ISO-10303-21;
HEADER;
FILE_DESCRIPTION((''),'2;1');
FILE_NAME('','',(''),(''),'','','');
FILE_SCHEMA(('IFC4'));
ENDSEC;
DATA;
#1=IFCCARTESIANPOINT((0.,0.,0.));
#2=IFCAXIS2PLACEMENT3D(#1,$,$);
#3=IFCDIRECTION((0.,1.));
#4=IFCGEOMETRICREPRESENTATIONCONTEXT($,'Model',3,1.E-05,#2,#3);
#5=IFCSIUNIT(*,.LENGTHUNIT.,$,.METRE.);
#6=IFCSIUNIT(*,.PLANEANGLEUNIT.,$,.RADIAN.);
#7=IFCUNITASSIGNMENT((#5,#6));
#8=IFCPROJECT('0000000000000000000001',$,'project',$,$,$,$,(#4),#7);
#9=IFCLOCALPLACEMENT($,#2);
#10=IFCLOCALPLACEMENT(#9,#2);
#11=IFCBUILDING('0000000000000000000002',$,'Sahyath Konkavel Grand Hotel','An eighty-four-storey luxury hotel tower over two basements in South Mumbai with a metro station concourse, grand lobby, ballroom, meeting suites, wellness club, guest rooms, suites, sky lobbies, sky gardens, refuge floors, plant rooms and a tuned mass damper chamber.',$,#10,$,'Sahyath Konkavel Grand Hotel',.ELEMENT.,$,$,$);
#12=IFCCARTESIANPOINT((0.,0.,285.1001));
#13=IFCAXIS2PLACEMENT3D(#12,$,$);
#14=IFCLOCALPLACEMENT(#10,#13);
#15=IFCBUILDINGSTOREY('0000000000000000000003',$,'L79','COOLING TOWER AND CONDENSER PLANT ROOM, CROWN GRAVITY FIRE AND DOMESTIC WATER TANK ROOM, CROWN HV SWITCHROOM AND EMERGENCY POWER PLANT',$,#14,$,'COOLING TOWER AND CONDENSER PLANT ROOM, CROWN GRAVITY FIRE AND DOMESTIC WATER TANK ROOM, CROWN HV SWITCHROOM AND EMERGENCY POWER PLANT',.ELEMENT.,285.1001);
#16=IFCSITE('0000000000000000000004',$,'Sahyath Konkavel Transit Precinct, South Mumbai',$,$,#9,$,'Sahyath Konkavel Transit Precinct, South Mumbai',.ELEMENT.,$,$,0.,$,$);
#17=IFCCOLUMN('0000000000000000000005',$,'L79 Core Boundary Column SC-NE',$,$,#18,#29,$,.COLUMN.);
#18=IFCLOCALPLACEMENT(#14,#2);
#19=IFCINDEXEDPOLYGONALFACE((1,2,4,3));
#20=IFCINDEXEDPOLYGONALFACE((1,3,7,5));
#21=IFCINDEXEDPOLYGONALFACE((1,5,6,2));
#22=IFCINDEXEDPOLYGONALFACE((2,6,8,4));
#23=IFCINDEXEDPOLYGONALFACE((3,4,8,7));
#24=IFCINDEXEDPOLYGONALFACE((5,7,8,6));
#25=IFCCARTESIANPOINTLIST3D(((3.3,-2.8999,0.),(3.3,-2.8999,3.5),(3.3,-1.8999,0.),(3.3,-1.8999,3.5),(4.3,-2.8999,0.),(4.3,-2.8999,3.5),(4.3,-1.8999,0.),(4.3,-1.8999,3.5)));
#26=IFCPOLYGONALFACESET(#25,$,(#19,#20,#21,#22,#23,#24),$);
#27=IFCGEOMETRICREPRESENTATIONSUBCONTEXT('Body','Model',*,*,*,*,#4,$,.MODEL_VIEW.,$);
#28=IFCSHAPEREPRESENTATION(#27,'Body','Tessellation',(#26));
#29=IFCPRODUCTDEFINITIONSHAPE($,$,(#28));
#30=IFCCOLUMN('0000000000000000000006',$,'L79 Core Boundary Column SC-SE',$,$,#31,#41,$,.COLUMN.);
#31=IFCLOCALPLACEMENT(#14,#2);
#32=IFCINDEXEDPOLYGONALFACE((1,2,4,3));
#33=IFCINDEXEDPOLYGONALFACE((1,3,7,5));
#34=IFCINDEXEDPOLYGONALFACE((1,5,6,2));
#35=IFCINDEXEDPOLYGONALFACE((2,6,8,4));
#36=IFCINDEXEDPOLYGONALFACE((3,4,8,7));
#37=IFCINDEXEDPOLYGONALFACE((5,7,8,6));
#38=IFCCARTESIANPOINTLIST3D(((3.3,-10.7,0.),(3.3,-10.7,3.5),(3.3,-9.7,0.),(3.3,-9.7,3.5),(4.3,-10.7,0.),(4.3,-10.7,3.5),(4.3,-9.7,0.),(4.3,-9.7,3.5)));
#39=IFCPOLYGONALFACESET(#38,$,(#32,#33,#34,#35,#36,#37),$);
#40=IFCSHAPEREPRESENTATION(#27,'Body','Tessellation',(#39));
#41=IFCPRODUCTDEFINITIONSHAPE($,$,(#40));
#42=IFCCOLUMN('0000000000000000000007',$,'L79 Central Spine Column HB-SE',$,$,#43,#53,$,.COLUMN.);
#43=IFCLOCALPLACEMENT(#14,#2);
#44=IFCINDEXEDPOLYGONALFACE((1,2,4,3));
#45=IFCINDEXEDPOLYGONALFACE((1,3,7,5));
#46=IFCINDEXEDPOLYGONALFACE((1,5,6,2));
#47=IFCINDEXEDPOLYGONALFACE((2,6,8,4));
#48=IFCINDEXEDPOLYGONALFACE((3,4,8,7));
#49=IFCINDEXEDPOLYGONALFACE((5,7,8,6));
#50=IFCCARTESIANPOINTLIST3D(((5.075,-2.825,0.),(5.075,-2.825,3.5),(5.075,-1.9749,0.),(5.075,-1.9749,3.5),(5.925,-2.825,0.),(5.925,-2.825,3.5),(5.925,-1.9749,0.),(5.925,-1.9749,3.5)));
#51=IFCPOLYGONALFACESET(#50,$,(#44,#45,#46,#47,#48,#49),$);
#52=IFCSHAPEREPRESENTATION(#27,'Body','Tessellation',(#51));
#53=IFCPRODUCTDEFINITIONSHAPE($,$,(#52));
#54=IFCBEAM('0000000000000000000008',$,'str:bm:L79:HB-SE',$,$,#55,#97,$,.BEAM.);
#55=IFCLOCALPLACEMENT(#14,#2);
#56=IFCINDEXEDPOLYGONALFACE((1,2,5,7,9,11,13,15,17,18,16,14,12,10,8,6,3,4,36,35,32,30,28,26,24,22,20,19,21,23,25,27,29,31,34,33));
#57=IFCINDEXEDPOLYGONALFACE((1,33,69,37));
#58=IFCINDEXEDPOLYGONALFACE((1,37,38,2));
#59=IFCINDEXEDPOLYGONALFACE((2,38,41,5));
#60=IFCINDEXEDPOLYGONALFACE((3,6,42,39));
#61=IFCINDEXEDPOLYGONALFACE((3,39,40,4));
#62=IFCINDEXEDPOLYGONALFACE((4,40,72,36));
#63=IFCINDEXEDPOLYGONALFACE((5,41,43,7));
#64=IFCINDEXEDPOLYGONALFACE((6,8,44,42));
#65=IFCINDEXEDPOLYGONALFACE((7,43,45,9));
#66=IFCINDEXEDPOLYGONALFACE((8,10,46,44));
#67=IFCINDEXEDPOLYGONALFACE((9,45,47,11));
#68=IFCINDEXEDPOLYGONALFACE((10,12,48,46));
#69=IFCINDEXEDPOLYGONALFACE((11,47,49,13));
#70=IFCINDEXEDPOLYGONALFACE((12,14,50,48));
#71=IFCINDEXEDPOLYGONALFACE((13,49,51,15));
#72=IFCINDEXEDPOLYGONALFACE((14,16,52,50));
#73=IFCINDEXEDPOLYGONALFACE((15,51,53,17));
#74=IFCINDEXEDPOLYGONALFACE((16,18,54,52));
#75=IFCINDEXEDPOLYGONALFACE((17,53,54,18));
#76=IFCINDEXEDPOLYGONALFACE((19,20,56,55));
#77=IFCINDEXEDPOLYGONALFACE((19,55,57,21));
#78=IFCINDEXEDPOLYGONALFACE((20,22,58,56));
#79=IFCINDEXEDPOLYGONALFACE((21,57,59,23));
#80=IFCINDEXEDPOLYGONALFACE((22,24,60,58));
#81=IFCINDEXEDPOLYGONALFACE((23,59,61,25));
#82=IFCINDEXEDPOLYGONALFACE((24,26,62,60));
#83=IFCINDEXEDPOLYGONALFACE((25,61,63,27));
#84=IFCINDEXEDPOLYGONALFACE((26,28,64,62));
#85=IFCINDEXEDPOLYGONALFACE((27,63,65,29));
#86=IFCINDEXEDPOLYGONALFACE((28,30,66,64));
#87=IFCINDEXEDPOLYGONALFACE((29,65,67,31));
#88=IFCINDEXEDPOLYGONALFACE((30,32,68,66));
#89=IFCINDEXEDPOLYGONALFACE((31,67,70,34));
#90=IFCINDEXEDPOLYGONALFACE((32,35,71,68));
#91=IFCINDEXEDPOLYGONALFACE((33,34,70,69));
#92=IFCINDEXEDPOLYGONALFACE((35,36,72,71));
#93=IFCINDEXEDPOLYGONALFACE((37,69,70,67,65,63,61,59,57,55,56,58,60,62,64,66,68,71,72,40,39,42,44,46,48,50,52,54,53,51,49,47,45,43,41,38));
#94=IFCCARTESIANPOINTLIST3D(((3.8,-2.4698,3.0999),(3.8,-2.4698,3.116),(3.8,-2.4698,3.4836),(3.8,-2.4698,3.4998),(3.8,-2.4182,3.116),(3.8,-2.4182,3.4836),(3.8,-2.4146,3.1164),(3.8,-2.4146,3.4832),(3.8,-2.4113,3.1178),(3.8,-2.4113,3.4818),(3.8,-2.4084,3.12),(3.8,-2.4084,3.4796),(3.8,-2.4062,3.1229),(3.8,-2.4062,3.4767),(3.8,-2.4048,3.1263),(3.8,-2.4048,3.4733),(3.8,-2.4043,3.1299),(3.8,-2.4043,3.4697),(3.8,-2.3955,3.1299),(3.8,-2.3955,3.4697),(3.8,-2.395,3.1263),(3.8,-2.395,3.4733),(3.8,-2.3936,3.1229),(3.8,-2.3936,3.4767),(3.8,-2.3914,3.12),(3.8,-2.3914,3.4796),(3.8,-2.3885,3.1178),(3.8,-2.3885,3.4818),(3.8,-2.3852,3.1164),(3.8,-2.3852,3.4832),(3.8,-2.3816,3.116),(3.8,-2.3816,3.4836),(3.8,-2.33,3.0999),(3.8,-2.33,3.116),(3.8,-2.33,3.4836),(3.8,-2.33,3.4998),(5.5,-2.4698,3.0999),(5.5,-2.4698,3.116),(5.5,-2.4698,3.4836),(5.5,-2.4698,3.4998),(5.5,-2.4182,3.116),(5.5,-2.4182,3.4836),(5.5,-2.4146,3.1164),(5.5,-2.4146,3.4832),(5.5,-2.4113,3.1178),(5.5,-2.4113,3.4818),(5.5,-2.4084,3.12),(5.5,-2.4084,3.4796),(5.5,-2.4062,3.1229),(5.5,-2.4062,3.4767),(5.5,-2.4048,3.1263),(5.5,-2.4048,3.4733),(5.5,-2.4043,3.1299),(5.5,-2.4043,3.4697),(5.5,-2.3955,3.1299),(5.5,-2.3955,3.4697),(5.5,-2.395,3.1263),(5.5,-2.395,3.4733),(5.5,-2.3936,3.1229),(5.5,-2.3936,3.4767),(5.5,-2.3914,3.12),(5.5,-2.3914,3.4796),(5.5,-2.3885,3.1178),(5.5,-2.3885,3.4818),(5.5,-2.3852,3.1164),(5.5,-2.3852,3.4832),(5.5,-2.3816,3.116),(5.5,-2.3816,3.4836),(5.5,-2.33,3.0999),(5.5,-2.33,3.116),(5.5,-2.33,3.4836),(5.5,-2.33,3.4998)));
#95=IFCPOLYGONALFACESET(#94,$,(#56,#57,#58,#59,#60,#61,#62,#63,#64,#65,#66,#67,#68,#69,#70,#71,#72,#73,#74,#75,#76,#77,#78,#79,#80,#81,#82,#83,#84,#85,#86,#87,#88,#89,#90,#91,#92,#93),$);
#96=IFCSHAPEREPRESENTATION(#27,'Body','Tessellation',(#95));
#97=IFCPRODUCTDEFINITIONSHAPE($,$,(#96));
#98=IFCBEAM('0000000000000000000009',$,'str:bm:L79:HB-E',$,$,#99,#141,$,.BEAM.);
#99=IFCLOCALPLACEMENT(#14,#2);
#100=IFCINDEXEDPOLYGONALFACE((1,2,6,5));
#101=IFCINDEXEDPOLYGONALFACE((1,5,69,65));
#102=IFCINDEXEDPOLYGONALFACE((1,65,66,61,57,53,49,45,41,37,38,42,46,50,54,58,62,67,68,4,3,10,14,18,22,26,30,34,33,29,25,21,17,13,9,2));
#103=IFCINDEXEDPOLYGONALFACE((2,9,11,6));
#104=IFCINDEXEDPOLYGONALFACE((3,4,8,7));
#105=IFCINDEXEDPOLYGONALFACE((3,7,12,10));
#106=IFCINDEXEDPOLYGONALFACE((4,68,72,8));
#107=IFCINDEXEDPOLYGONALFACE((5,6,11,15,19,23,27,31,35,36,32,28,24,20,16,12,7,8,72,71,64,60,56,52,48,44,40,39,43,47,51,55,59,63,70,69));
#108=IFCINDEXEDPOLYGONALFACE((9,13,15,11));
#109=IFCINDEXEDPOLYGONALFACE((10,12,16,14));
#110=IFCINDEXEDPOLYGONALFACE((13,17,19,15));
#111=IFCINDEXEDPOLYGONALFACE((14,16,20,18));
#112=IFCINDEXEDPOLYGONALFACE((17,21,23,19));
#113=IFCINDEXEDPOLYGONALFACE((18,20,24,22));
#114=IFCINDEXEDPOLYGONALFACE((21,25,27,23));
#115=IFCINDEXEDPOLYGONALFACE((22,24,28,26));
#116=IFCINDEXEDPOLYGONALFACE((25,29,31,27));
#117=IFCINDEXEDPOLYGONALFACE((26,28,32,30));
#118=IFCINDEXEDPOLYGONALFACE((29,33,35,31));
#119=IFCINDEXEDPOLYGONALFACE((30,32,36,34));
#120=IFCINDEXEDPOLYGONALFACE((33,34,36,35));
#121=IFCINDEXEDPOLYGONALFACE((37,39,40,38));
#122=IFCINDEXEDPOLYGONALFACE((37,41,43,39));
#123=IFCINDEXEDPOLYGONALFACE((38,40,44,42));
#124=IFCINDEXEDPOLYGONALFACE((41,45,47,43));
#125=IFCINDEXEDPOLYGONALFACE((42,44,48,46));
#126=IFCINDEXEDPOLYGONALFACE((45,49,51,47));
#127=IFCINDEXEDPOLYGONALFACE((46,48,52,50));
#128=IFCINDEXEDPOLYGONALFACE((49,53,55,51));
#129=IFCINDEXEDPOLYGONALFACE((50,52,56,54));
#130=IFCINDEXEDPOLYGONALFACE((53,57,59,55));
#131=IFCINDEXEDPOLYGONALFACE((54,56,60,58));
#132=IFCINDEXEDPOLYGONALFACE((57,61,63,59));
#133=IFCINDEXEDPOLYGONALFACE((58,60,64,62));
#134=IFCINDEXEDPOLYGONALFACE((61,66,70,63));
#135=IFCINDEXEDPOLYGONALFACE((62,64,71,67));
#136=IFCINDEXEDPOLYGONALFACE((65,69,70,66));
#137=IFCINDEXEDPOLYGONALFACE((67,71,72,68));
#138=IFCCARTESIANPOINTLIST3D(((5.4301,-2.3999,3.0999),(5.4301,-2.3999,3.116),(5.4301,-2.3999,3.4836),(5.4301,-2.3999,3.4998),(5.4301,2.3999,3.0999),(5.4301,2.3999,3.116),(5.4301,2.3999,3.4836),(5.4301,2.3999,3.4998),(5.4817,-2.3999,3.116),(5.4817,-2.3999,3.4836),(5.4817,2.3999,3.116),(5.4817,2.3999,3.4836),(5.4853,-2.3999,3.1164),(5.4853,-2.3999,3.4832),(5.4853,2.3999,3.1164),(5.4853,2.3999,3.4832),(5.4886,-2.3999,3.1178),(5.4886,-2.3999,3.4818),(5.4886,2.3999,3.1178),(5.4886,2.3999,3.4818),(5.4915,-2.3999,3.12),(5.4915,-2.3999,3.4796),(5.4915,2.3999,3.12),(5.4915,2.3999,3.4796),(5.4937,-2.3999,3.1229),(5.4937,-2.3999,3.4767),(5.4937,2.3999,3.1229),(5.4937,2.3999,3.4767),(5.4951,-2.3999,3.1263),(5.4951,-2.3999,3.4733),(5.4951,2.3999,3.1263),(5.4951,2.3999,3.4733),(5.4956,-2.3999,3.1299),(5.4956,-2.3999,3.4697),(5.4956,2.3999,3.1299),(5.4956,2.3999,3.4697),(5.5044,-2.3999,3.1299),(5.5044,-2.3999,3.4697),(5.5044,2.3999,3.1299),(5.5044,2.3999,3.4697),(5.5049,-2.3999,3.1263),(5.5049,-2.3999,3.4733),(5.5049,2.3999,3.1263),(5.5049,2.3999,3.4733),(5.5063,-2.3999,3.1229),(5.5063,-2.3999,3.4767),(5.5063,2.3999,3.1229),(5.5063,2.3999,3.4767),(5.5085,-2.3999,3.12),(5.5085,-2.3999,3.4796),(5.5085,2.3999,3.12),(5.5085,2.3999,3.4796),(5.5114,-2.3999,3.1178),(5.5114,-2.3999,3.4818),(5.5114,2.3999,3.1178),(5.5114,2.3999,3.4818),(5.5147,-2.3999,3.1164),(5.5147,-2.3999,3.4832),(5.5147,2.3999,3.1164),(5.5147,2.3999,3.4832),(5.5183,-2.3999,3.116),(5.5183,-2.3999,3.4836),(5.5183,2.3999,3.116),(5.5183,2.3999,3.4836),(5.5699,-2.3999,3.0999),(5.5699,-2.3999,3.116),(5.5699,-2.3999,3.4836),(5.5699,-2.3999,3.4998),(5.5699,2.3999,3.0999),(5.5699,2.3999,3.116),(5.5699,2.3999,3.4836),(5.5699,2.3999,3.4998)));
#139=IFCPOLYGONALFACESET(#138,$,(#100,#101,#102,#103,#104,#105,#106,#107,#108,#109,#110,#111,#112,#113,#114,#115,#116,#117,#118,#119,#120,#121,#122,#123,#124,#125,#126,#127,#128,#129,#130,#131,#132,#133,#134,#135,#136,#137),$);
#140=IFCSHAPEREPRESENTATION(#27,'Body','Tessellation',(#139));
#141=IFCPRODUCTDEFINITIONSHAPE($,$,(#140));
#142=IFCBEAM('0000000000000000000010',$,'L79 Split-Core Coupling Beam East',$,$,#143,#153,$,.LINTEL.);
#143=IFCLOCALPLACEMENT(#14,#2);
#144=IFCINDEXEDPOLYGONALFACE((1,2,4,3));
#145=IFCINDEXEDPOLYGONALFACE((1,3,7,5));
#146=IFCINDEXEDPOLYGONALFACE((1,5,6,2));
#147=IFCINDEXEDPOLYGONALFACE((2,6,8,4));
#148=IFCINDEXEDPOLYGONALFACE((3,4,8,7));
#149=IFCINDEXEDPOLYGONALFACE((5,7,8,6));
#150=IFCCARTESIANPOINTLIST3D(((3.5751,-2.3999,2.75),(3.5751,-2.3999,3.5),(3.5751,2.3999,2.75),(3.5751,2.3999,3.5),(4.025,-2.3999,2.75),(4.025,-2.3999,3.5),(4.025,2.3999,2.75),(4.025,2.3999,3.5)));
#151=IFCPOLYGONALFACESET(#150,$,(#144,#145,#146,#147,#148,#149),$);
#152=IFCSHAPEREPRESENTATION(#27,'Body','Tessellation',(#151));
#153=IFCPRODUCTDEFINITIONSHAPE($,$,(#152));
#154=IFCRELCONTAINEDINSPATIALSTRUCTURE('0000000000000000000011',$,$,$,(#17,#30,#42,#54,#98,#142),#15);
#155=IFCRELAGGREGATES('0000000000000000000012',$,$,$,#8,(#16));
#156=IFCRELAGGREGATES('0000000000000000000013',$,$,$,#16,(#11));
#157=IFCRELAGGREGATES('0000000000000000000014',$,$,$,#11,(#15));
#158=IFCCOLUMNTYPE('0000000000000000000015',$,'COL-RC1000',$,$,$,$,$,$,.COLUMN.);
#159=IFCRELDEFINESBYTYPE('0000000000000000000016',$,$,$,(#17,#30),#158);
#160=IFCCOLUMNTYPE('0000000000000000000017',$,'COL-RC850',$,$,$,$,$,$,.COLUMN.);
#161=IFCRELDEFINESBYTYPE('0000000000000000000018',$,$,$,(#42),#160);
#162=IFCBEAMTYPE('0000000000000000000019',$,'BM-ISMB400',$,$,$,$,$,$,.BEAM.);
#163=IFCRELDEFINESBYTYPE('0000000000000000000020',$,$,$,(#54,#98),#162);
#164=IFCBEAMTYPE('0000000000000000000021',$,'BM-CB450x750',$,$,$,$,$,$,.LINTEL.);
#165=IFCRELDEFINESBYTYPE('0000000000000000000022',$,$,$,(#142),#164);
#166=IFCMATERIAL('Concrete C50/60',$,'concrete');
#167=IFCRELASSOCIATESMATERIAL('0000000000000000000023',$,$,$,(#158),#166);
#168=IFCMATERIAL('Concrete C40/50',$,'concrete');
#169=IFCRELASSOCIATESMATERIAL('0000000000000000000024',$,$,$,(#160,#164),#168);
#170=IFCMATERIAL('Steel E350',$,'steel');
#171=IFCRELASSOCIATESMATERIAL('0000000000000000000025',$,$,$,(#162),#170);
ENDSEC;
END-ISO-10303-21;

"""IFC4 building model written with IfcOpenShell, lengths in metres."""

from ifc_helpers import new_model, si_unit, direction, frame, origin, origin_2d, place, context, subcontext, project, spatial, rectangle, i_section, extrude, source, transform, mapped, material, material_profile, profile_set, type_object, element, save


model = new_model("IFC4")

# Units and contexts
model_context = context("Model", 3, precision=1e-05, world=origin(), true_north=direction((0.0, 1.0)))
body_context = subcontext(model_context, "Body", "Model", "MODEL_VIEW")
ifc_project = project(units=[si_unit("LENGTHUNIT", "METRE"), si_unit("PLANEANGLEUNIT", "RADIAN")], contexts=[model_context])

# Site, building, storey
site_placement = place(None, origin())
site = spatial("IfcSite", under=ifc_project, at=site_placement, Name="Sahyath Konkavel Transit Precinct, South Mumbai", LongName="Sahyath Konkavel Transit Precinct, South Mumbai", CompositionType="ELEMENT", RefElevation=0.0)
building_placement = place(site_placement, origin())
building = spatial("IfcBuilding", under=site, at=building_placement, Name="Sahyath Konkavel Grand Hotel", Description="An eighty-four-storey luxury hotel tower over two basements in South Mumbai with a metro station concourse, grand lobby, ballroom, meeting suites, wellness club, guest rooms, suites, sky lobbies, sky gardens, refuge floors, plant rooms and a tuned mass damper chamber.", LongName="Sahyath Konkavel Grand Hotel", CompositionType="ELEMENT")
storey_placement = place(building_placement, frame((0.0, 0.0, 285.1001)))
storey = spatial("IfcBuildingStorey", under=building, at=storey_placement, Name="L79", Description="COOLING TOWER AND CONDENSER PLANT ROOM, CROWN GRAVITY FIRE AND DOMESTIC WATER TANK ROOM, CROWN HV SWITCHROOM AND EMERGENCY POWER PLANT", LongName="COOLING TOWER AND CONDENSER PLANT ROOM, CROWN GRAVITY FIRE AND DOMESTIC WATER TANK ROOM, CROWN HV SWITCHROOM AND EMERGENCY POWER PLANT", CompositionType="ELEMENT", Elevation=285.1001)

# Columns
ifc_material_1 = material(Name="Concrete C50/60", Category="concrete")
ifc_material_profile_1 = material_profile(ifc_material_1, rectangle(XDim=1.0, YDim=1.0, at=origin_2d()), Name="RC 1000x1000")
ifc_profile_set_1 = profile_set([ifc_material_profile_1], Name="Concrete C50/60")
column_type_1 = type_object("IfcColumnType", Name="COL-RC1000", PredefinedType="COLUMN", material=ifc_profile_set_1)
shared_shape_1 = source(origin(), body_context, "Body", "SweptSolid", [
    extrude(rectangle(XDim=1.0, YDim=1.0, at=origin_2d()), origin(), (0.0, 0.0, 1.0), 3.5),
])
for number, where, z_axis, x_axis, name in (
    (1, (3.8, -2.3999, 0.0), (0.0, 0.0, 1.0), (1.0, 0.0, 0.0), "L79 Core Boundary Column SC-NE"),
    (2, (3.8, -10.2, 0.0), (0.0, 0.0, 1.0), (1.0, 0.0, 0.0), "L79 Core Boundary Column SC-SE"),
):
    element("IfcColumn", number, at=place(storey_placement, frame(where, z_axis=z_axis, x_axis=x_axis)), inside=storey, type_object=column_type_1, Name=name, PredefinedType="COLUMN", context=body_context, shape_type="MappedRepresentation", body=[
        mapped(shared_shape_1, transform((0.0, 0.0, 0.0), scale=1.0)),
    ])
ifc_material_2 = material(Name="Concrete C40/50", Category="concrete")
ifc_material_profile_2 = material_profile(ifc_material_2, rectangle(XDim=0.8501, YDim=0.8501, at=origin_2d()), Name="RC 850x850")
ifc_profile_set_2 = profile_set([ifc_material_profile_2], Name="Concrete C40/50")
column_type_2 = type_object("IfcColumnType", Name="COL-RC850", PredefinedType="COLUMN", material=ifc_profile_set_2)
shared_shape_2 = source(origin(), body_context, "Body", "SweptSolid", [
    extrude(rectangle(XDim=0.8501, YDim=0.8501, at=origin_2d()), origin(), (0.0, 0.0, 1.0), 3.5),
])
column_placement = place(storey_placement, frame((5.5, -2.3999, 0.0), z_axis=(0.0, 0.0, 1.0), x_axis=(1.0, 0.0, 0.0)))
element("IfcColumn", 3, at=column_placement, inside=storey, type_object=column_type_2, Name="L79 Central Spine Column HB-SE", PredefinedType="COLUMN", context=body_context, shape_type="MappedRepresentation", body=[
    mapped(shared_shape_2, transform((0.0, 0.0, 0.0), scale=1.0)),
])

# Beams
ifc_material_3 = material(Name="Steel E350", Category="steel")
ifc_material_profile_3 = material_profile(ifc_material_3, i_section(OverallWidth=0.1399, OverallDepth=0.3999, WebThickness=0.0088, FlangeThickness=0.0161, FilletRadius=0.0139, at=origin_2d()), Name="ISMB 400")
ifc_profile_set_3 = profile_set([ifc_material_profile_3], Name="Steel E350")
beam_type_1 = type_object("IfcBeamType", Name="BM-ISMB400", PredefinedType="BEAM", material=ifc_profile_set_3)
shared_shape_3 = source(origin(), body_context, "Body", "SweptSolid", [
    extrude(i_section(OverallWidth=0.1399, OverallDepth=0.3999, WebThickness=0.0088, FlangeThickness=0.0161, FilletRadius=0.0139, at=origin_2d()), origin(), (0.0, 0.0, 1.0), 1.7),
])
beam_1_placement = place(storey_placement, frame((3.8, -2.3999, 3.2998), z_axis=(1.0, 0.0, 0.0), x_axis=(0.0, 1.0, 0.0)))
element("IfcBeam", 4, at=beam_1_placement, inside=storey, type_object=beam_type_1, Name="str:bm:L79:HB-SE", PredefinedType="BEAM", context=body_context, shape_type="MappedRepresentation", body=[
    mapped(shared_shape_3, transform((0.0, 0.0, 0.0), scale=1.0)),
])
shared_shape_4 = source(origin(), body_context, "Body", "SweptSolid", [
    extrude(i_section(OverallWidth=0.1399, OverallDepth=0.3999, WebThickness=0.0088, FlangeThickness=0.0161, FilletRadius=0.0139, at=origin_2d()), origin(), (0.0, 0.0, 1.0), 4.7998),
])
beam_2_placement = place(storey_placement, frame((5.5, -2.3999, 3.2998), z_axis=(0.0, 1.0, 0.0), x_axis=(-1.0, 0.0, 0.0)))
element("IfcBeam", 5, at=beam_2_placement, inside=storey, type_object=beam_type_1, Name="str:bm:L79:HB-E", PredefinedType="BEAM", context=body_context, shape_type="MappedRepresentation", body=[
    mapped(shared_shape_4, transform((0.0, 0.0, 0.0), scale=1.0)),
])
ifc_material_profile_4 = material_profile(ifc_material_2, rectangle(XDim=0.45, YDim=0.75, at=origin_2d()), Name="RC 450x750")
ifc_profile_set_4 = profile_set([ifc_material_profile_4], Name="Concrete C40/50")
beam_type_2 = type_object("IfcBeamType", Name="BM-CB450x750", PredefinedType="LINTEL", material=ifc_profile_set_4)
shared_shape_5 = source(origin(), body_context, "Body", "SweptSolid", [
    extrude(rectangle(XDim=0.45, YDim=0.75, at=origin_2d()), origin(), (0.0, 0.0, 1.0), 4.7998),
])
beam_3_placement = place(storey_placement, frame((3.8, -2.3999, 3.125), z_axis=(0.0, 1.0, 0.0), x_axis=(-1.0, 0.0, 0.0)))
element("IfcBeam", 6, at=beam_3_placement, inside=storey, type_object=beam_type_2, Name="L79 Split-Core Coupling Beam East", PredefinedType="LINTEL", context=body_context, shape_type="MappedRepresentation", body=[
    mapped(shared_shape_5, transform((0.0, 0.0, 0.0), scale=1.0)),
])

save(model, "model.ifc")
